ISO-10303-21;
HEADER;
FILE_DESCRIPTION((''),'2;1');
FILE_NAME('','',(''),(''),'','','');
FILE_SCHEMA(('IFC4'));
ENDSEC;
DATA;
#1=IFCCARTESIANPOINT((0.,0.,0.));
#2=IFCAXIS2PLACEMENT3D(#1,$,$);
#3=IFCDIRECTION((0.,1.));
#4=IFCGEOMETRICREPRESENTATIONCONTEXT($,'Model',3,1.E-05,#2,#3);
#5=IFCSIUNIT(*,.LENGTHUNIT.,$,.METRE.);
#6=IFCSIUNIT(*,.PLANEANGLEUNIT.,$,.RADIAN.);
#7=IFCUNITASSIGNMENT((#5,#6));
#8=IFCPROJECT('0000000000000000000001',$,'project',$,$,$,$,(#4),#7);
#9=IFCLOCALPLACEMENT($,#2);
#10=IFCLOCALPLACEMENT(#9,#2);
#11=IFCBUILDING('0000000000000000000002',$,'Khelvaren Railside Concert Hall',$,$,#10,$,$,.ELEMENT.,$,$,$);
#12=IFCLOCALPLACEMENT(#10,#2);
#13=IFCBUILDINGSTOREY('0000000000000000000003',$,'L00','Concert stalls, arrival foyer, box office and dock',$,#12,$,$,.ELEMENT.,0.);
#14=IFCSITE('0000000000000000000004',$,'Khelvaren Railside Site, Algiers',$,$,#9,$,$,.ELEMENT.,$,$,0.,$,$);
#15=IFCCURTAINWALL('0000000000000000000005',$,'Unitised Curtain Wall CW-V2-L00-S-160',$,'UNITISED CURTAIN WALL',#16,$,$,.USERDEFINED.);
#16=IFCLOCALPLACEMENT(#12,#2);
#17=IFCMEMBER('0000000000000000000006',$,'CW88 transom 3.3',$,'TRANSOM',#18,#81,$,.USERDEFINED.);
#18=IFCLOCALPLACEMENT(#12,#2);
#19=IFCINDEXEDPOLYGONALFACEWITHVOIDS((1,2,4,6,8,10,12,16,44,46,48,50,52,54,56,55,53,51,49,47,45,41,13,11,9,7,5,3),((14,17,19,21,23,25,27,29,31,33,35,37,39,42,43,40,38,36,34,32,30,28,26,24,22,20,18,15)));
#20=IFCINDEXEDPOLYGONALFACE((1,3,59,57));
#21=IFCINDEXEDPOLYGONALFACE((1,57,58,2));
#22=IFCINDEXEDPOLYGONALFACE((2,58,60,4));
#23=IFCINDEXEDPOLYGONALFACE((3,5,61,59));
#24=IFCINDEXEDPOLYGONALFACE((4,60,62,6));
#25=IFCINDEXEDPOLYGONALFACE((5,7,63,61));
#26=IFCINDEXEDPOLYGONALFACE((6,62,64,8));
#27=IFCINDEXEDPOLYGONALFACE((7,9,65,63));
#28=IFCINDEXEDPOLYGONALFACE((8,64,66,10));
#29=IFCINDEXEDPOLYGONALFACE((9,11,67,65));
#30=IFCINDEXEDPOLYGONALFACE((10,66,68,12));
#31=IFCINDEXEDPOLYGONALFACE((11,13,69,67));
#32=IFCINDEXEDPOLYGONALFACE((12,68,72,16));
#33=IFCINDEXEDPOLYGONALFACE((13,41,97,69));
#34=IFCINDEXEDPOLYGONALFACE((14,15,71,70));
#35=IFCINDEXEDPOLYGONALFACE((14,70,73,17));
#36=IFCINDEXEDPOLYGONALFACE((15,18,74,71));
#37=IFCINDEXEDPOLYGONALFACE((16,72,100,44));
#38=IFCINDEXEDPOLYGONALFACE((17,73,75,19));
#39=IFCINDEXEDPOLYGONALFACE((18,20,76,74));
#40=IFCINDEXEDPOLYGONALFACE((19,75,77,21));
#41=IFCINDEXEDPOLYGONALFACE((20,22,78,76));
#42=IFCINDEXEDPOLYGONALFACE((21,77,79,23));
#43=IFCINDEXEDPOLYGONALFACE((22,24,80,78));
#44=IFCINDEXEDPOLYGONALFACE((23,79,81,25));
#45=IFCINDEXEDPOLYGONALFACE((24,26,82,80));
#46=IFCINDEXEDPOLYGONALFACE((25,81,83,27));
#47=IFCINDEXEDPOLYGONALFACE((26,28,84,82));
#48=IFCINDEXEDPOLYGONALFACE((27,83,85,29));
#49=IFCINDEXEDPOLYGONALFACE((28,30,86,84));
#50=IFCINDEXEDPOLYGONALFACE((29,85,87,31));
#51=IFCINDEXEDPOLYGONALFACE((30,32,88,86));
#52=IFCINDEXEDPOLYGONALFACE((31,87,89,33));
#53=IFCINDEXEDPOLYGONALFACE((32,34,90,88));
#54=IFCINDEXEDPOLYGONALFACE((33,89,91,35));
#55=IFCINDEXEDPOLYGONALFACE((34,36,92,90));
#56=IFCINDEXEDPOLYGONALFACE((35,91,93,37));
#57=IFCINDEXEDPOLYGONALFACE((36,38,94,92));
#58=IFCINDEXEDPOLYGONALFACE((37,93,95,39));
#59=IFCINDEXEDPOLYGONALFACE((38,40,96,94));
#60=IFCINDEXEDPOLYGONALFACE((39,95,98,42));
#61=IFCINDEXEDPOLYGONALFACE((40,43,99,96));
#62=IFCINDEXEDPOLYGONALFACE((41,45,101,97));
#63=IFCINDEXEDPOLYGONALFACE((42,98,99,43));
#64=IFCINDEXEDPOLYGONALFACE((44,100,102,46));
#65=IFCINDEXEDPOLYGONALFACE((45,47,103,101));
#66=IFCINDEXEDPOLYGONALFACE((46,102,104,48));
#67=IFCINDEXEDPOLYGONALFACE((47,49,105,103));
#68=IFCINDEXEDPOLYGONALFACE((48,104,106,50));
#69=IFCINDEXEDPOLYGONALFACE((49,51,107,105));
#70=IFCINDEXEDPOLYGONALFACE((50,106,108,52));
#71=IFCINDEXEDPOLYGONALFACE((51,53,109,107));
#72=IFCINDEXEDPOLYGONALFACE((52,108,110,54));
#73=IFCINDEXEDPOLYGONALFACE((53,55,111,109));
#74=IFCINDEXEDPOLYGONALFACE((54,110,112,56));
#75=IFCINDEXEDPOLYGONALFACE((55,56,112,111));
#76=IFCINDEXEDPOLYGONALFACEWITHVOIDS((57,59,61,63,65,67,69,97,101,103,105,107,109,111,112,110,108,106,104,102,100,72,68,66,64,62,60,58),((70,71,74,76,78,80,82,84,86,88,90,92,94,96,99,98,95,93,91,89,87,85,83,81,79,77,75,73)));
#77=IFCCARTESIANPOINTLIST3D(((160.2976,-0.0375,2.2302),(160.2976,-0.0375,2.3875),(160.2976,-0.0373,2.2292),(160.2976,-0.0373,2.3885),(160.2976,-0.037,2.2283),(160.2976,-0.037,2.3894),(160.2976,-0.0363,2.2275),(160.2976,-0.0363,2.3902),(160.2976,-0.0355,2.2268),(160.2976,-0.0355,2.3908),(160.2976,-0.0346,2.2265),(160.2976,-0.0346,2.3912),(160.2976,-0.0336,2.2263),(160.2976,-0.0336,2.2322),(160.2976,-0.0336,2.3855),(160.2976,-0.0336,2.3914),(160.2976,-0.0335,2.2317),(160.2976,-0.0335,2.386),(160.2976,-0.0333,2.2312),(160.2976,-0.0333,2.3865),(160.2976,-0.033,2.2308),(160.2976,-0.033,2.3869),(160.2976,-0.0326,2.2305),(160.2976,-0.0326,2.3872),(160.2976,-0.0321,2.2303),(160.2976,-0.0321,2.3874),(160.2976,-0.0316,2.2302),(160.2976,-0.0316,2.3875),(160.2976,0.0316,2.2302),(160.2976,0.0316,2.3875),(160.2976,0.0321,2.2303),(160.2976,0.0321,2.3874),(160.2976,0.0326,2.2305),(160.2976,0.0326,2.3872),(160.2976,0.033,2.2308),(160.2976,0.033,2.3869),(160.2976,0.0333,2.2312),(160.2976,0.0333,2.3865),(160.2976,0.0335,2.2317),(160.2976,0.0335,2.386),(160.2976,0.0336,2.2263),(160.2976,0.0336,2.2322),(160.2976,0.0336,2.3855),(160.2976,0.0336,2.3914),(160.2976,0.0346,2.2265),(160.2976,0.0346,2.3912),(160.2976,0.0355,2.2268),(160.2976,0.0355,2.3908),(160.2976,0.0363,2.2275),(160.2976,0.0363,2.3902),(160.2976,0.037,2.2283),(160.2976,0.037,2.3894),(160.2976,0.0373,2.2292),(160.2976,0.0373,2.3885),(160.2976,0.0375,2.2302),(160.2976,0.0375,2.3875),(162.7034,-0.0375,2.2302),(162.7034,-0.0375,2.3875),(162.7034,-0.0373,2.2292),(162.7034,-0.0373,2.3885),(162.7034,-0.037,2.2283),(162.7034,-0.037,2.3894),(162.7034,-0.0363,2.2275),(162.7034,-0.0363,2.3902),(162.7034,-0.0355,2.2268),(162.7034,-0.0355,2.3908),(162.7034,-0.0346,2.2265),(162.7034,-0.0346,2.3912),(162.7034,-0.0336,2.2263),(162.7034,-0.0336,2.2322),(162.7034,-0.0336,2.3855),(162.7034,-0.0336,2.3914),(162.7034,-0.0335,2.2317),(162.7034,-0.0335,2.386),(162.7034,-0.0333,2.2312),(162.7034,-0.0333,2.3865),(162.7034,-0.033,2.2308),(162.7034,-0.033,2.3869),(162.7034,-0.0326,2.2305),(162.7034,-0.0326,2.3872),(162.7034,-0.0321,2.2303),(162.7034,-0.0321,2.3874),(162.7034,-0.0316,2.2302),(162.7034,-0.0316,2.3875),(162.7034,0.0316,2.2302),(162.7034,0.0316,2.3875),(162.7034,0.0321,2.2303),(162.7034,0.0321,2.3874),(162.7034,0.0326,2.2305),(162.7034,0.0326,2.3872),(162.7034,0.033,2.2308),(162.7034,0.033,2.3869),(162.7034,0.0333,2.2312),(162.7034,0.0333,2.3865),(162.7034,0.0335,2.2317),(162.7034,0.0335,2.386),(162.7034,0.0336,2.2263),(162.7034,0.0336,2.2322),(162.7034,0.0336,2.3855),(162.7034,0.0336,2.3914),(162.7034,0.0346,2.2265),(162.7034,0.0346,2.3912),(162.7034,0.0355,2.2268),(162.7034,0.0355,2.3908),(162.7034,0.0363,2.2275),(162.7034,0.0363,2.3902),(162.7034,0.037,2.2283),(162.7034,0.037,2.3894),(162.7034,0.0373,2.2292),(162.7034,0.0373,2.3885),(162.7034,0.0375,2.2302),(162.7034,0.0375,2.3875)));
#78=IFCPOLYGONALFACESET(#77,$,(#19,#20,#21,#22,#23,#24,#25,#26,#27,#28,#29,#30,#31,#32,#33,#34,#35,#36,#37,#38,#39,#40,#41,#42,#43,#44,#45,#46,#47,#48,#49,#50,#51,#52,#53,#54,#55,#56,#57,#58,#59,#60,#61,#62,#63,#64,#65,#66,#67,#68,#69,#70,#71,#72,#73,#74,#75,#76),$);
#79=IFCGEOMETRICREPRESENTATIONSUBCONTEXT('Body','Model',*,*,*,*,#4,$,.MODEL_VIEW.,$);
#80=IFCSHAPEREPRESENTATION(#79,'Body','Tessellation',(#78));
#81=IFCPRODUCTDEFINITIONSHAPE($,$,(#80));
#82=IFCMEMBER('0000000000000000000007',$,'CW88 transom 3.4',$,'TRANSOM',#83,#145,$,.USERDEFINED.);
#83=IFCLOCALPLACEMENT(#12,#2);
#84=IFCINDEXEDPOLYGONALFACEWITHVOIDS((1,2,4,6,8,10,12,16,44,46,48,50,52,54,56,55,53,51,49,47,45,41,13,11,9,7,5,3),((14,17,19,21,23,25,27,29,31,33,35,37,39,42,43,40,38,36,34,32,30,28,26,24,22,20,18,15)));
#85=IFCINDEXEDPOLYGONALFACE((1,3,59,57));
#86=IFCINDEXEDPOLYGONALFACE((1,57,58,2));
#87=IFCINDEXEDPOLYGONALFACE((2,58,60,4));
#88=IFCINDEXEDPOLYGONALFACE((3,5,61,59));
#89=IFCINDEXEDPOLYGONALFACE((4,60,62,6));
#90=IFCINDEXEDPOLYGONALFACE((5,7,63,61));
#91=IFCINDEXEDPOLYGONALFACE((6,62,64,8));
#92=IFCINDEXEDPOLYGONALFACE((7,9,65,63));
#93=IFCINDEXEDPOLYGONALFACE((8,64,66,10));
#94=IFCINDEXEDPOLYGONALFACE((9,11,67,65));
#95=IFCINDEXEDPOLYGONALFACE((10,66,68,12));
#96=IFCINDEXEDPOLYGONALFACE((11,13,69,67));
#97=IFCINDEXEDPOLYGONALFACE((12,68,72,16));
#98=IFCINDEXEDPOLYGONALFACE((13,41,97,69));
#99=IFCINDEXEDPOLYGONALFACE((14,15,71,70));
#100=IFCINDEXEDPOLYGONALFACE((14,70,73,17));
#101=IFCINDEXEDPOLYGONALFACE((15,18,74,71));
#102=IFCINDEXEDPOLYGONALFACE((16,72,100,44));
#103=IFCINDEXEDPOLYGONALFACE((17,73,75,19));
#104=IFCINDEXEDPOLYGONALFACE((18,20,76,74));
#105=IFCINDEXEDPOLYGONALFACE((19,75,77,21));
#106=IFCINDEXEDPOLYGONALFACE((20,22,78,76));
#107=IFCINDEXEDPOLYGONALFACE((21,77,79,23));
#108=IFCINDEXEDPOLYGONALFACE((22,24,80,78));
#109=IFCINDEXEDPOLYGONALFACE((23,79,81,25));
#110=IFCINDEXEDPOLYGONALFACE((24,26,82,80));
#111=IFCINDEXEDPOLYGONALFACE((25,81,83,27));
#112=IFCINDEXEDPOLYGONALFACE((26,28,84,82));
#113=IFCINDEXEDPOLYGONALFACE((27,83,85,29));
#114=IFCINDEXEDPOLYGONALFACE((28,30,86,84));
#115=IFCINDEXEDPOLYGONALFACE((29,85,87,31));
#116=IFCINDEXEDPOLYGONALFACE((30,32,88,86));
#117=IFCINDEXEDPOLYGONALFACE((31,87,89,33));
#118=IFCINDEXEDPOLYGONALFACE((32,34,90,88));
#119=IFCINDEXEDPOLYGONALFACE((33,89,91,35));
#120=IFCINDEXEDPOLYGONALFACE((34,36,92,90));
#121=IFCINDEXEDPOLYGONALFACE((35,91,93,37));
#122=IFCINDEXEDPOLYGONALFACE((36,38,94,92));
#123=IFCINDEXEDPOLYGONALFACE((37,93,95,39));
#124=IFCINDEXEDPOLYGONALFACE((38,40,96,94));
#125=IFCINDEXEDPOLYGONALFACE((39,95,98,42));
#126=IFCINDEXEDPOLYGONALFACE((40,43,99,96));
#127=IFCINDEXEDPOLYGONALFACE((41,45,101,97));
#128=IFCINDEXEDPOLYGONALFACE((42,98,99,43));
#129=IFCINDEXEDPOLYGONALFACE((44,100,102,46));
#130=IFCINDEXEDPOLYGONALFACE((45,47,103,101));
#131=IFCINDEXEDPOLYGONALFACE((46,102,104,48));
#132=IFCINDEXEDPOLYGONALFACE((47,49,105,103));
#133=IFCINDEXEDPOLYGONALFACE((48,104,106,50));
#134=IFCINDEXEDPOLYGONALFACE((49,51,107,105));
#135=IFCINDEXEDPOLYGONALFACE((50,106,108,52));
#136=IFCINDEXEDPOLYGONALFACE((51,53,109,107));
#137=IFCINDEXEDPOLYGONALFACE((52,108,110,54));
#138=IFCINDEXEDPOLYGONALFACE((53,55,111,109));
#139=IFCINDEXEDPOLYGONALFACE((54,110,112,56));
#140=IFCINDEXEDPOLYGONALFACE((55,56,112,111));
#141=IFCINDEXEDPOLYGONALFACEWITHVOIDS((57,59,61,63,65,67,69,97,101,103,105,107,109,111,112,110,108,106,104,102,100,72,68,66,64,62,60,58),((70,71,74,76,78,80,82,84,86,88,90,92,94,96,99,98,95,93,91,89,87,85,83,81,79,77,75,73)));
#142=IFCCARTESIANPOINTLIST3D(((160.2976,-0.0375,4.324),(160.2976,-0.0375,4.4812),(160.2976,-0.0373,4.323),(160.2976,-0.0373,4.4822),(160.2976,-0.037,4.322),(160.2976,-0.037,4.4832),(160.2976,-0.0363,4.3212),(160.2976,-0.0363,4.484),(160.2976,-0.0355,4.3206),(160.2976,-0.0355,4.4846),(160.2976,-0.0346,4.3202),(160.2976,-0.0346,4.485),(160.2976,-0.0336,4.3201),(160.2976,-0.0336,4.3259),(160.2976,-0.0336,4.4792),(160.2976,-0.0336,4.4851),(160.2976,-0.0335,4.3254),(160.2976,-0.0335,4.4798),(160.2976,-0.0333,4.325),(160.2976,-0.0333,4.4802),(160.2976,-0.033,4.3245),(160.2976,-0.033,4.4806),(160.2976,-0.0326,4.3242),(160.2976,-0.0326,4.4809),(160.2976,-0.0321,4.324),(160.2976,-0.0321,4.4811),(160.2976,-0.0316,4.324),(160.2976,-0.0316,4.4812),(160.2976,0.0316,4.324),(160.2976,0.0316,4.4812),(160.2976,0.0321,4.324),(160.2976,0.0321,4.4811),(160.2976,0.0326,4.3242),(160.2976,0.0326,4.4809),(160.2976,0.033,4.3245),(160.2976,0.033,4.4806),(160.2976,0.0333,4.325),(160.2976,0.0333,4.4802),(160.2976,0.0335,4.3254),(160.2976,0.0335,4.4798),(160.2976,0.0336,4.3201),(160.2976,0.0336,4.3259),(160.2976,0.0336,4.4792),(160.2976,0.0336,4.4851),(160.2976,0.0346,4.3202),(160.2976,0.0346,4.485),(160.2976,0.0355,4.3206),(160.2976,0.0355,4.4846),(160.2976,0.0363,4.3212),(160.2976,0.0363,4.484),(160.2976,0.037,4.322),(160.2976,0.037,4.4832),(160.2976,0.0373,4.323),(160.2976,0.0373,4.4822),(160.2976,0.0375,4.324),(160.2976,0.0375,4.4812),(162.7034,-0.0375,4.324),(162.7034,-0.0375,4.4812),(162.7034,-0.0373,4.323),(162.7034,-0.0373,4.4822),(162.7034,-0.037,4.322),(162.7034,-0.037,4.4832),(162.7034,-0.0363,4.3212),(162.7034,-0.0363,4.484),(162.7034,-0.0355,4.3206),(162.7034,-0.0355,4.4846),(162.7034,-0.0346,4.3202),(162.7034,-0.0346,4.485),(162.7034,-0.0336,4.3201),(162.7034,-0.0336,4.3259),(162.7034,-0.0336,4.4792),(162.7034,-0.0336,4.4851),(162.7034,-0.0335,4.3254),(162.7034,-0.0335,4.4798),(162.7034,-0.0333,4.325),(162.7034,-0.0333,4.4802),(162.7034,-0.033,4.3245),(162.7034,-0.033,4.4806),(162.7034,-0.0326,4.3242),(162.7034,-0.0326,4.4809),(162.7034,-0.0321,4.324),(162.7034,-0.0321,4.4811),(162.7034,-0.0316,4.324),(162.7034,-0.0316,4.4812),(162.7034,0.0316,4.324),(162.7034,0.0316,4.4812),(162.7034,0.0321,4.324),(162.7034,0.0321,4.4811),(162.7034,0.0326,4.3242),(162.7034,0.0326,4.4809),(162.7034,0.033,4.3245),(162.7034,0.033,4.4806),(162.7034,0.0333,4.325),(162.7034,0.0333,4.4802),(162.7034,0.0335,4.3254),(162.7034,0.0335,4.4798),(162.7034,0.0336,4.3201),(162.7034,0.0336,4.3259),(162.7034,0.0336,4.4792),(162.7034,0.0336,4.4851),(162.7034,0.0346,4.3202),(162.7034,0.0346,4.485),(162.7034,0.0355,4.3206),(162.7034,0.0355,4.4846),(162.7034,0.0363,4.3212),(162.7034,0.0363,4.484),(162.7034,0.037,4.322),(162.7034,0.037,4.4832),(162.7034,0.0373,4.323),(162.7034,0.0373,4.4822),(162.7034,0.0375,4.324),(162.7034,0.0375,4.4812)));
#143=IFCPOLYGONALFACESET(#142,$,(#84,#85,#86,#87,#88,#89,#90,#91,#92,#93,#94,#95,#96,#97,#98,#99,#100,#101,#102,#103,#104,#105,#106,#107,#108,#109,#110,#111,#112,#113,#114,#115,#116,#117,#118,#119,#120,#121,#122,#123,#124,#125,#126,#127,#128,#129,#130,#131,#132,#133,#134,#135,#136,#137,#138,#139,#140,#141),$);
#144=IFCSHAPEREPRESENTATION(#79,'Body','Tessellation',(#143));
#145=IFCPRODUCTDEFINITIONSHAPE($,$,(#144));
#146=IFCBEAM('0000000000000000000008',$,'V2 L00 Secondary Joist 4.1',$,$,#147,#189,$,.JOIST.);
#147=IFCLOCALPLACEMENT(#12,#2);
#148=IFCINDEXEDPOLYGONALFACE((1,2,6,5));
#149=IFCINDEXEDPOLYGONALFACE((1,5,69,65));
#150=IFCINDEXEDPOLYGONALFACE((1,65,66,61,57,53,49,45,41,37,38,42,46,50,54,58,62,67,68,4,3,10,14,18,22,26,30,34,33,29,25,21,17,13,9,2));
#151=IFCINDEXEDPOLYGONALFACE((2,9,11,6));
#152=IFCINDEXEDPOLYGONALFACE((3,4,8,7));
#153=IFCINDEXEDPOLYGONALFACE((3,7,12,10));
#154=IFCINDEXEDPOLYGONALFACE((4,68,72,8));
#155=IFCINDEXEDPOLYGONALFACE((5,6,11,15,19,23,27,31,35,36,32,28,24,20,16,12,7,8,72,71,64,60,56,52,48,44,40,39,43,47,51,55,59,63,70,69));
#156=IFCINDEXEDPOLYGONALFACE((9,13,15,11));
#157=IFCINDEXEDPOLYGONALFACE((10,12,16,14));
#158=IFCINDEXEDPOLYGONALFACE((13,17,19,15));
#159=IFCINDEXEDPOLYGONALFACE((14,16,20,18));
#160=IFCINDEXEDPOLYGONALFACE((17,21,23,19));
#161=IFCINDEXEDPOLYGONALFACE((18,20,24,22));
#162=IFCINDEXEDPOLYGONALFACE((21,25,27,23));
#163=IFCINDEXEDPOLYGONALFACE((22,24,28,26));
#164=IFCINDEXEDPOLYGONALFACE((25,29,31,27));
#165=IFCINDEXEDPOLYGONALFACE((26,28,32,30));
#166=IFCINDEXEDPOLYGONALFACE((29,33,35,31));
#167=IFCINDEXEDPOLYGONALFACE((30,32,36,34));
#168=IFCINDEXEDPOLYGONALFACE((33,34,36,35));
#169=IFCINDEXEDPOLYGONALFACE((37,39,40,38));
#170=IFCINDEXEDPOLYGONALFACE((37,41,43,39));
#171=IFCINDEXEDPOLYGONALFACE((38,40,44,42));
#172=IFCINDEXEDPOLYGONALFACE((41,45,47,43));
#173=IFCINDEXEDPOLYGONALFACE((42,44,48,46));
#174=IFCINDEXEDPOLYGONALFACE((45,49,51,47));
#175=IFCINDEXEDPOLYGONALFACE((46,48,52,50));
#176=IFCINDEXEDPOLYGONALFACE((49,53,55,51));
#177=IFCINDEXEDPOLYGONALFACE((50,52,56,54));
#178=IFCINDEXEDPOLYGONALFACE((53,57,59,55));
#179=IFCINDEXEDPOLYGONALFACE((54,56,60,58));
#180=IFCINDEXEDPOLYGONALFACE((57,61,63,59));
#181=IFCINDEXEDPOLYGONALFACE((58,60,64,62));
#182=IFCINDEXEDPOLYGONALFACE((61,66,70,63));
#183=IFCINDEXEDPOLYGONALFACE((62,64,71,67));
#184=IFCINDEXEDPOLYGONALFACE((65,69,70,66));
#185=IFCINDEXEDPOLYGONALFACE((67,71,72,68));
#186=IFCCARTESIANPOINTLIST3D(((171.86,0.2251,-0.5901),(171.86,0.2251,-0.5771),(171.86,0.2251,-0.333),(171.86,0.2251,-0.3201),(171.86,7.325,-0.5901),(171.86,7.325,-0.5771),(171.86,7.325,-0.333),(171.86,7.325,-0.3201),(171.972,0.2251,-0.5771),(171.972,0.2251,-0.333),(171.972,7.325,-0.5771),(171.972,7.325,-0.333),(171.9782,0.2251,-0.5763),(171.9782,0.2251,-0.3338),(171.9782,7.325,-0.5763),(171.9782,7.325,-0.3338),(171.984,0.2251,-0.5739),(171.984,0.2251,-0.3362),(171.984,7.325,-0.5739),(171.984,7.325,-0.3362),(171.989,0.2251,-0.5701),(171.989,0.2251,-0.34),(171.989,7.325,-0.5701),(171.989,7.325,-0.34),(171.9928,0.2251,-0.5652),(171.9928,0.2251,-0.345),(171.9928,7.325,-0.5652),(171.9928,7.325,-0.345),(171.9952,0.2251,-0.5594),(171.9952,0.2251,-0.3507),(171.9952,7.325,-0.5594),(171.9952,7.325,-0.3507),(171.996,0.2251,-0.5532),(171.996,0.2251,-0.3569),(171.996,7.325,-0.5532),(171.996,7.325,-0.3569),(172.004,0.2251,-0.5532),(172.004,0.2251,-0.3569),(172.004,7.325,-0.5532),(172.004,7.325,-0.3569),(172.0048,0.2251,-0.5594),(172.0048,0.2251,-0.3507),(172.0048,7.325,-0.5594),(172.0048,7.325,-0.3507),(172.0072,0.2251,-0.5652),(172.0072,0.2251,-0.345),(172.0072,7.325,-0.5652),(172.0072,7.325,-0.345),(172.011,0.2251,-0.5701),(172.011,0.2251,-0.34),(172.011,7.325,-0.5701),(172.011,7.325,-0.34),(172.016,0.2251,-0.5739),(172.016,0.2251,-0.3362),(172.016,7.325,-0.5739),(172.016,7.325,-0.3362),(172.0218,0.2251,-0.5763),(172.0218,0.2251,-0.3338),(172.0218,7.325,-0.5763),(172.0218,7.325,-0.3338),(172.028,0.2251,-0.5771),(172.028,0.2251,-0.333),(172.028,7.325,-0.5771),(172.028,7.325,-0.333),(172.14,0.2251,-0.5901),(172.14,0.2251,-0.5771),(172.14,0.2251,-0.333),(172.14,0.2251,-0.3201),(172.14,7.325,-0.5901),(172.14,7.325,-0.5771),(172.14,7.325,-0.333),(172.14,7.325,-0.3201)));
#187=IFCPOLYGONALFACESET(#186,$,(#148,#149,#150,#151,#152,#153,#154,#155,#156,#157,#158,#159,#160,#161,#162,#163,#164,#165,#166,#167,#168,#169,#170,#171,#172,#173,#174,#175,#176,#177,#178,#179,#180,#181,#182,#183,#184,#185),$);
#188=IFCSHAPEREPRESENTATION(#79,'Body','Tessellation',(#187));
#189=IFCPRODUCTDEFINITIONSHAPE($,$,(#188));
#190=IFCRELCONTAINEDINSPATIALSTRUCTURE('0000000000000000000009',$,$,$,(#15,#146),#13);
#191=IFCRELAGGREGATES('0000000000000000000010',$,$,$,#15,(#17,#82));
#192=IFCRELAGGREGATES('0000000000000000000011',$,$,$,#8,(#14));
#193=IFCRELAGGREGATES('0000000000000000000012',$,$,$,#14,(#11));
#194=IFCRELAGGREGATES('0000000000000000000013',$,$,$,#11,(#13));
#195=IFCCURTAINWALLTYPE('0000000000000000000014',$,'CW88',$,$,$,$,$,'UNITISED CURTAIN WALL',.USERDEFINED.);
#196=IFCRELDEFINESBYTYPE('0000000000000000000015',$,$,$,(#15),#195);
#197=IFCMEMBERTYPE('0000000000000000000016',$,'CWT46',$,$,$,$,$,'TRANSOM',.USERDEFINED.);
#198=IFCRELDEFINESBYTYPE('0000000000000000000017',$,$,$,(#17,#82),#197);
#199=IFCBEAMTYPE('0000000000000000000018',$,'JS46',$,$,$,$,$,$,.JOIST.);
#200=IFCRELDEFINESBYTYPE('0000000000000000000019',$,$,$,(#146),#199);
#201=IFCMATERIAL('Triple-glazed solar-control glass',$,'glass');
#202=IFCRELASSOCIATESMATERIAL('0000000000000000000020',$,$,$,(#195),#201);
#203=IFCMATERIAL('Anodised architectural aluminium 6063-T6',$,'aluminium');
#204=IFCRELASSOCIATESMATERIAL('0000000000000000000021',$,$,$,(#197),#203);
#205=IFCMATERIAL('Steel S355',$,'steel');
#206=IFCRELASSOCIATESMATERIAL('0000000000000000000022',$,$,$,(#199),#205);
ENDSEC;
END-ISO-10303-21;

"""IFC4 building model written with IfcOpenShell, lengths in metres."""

from ifc_helpers import new_model, si_unit, direction, frame, origin, origin_2d, place, context, subcontext, project, spatial, hollow_rectangle, i_section, extrude, material, material_profile, profile_set, type_object, element, aggregate, save


model = new_model("IFC4")

# Units and contexts
model_context = context("Model", 3, precision=1e-05, world=origin(), true_north=direction((0.0, 1.0)))
body_context = subcontext(model_context, "Body", "Model", "MODEL_VIEW")
ifc_project = project(units=[si_unit("LENGTHUNIT", "METRE"), si_unit("PLANEANGLEUNIT", "RADIAN")], contexts=[model_context])

# Site, building, storey
site_placement = place(None, origin())
site = spatial("IfcSite", under=ifc_project, at=site_placement, Name="Khelvaren Railside Site, Algiers", CompositionType="ELEMENT", RefElevation=0.0)
building_placement = place(site_placement, origin())
building = spatial("IfcBuilding", under=site, at=building_placement, Name="Khelvaren Railside Concert Hall", CompositionType="ELEMENT")
storey_placement = place(building_placement, origin())
storey = spatial("IfcBuildingStorey", under=building, at=storey_placement, Name="L00", Description="Concert stalls, arrival foyer, box office and dock", CompositionType="ELEMENT", Elevation=0.0)

# Shared definitions
ifc_material_1 = material(Name="Steel S355", Category="steel")

# Curtain wall, members
ifc_material_2 = material(Name="Triple-glazed solar-control glass", Category="glass")
curtain_wall_type = type_object("IfcCurtainWallType", Name="CW88", ElementType="UNITISED CURTAIN WALL", PredefinedType="USERDEFINED", material=ifc_material_2)
curtain_wall_placement = place(storey_placement, origin())
curtain_wall = element("IfcCurtainWall", 1, at=curtain_wall_placement, inside=storey, type_object=curtain_wall_type, Name="Unitised Curtain Wall CW-V2-L00-S-160", ObjectType="UNITISED CURTAIN WALL", PredefinedType="USERDEFINED")
ifc_material_3 = material(Name="Anodised architectural aluminium 6063-T6", Category="aluminium")
ifc_material_profile_1 = material_profile(ifc_material_3, hollow_rectangle(XDim=0.075, YDim=0.165, WallThickness=0.0039, InnerFilletRadius=0.002, OuterFilletRadius=0.0039, at=origin_2d()), Name="CWT 75x165x4")
ifc_profile_set_1 = profile_set([ifc_material_profile_1], Name="Anodised architectural aluminium 6063-T6")
member_type_1 = type_object("IfcMemberType", Name="CWT46", ElementType="TRANSOM", PredefinedType="USERDEFINED", material=ifc_profile_set_1)
member_1_placement = place(storey_placement, frame((162.7034, 0.0, 2.3088), z_axis=(-1.0, 0.0, 0.0), x_axis=(0.0, -1.0, 0.0)))
member_1 = element("IfcMember", 2, at=member_1_placement, type_object=member_type_1, Name="CW88 transom 3.3", ObjectType="TRANSOM", PredefinedType="USERDEFINED", context=body_context, shape_type="SweptSolid", body=[
    extrude(hollow_rectangle(XDim=0.075, YDim=0.165, WallThickness=0.0039, InnerFilletRadius=0.002, OuterFilletRadius=0.0039, at=origin_2d()), origin(), (0.0, 0.0, 1.0), 2.4058),
])
member_2_placement = place(storey_placement, frame((162.7034, 0.0, 4.4026), z_axis=(-1.0, 0.0, 0.0), x_axis=(0.0, -1.0, 0.0)))
member_2 = element("IfcMember", 3, at=member_2_placement, type_object=member_type_1, Name="CW88 transom 3.4", ObjectType="TRANSOM", PredefinedType="USERDEFINED", context=body_context, shape_type="SweptSolid", body=[
    extrude(hollow_rectangle(XDim=0.075, YDim=0.165, WallThickness=0.0039, InnerFilletRadius=0.002, OuterFilletRadius=0.0039, at=origin_2d()), origin(), (0.0, 0.0, 1.0), 2.4058),
])

# Beam
ifc_material_profile_2 = material_profile(ifc_material_1, i_section(OverallWidth=0.28, OverallDepth=0.27, WebThickness=0.0081, FlangeThickness=0.0129, FilletRadius=0.0239, at=origin_2d()), Name="HEA 280")
ifc_profile_set_2 = profile_set([ifc_material_profile_2], Name="Steel S355")
beam_type_1 = type_object("IfcBeamType", Name="JS46", PredefinedType="JOIST", material=ifc_profile_set_2)
beam_1_placement = place(storey_placement, frame((172.0, 0.2251, -0.4551), z_axis=(0.0, 1.0, 0.0), x_axis=(-1.0, 0.0, 0.0)))
element("IfcBeam", 4, at=beam_1_placement, inside=storey, type_object=beam_type_1, Name="V2 L00 Secondary Joist 4.1", PredefinedType="JOIST", context=body_context, shape_type="SweptSolid", body=[
    extrude(i_section(OverallWidth=0.28, OverallDepth=0.27, WebThickness=0.0081, FlangeThickness=0.0129, FilletRadius=0.0239, at=origin_2d()), origin(), (0.0, 0.0, 1.0), 7.0999),
])

aggregate(curtain_wall, [member_1, member_2])

save(model, "model.ifc")
